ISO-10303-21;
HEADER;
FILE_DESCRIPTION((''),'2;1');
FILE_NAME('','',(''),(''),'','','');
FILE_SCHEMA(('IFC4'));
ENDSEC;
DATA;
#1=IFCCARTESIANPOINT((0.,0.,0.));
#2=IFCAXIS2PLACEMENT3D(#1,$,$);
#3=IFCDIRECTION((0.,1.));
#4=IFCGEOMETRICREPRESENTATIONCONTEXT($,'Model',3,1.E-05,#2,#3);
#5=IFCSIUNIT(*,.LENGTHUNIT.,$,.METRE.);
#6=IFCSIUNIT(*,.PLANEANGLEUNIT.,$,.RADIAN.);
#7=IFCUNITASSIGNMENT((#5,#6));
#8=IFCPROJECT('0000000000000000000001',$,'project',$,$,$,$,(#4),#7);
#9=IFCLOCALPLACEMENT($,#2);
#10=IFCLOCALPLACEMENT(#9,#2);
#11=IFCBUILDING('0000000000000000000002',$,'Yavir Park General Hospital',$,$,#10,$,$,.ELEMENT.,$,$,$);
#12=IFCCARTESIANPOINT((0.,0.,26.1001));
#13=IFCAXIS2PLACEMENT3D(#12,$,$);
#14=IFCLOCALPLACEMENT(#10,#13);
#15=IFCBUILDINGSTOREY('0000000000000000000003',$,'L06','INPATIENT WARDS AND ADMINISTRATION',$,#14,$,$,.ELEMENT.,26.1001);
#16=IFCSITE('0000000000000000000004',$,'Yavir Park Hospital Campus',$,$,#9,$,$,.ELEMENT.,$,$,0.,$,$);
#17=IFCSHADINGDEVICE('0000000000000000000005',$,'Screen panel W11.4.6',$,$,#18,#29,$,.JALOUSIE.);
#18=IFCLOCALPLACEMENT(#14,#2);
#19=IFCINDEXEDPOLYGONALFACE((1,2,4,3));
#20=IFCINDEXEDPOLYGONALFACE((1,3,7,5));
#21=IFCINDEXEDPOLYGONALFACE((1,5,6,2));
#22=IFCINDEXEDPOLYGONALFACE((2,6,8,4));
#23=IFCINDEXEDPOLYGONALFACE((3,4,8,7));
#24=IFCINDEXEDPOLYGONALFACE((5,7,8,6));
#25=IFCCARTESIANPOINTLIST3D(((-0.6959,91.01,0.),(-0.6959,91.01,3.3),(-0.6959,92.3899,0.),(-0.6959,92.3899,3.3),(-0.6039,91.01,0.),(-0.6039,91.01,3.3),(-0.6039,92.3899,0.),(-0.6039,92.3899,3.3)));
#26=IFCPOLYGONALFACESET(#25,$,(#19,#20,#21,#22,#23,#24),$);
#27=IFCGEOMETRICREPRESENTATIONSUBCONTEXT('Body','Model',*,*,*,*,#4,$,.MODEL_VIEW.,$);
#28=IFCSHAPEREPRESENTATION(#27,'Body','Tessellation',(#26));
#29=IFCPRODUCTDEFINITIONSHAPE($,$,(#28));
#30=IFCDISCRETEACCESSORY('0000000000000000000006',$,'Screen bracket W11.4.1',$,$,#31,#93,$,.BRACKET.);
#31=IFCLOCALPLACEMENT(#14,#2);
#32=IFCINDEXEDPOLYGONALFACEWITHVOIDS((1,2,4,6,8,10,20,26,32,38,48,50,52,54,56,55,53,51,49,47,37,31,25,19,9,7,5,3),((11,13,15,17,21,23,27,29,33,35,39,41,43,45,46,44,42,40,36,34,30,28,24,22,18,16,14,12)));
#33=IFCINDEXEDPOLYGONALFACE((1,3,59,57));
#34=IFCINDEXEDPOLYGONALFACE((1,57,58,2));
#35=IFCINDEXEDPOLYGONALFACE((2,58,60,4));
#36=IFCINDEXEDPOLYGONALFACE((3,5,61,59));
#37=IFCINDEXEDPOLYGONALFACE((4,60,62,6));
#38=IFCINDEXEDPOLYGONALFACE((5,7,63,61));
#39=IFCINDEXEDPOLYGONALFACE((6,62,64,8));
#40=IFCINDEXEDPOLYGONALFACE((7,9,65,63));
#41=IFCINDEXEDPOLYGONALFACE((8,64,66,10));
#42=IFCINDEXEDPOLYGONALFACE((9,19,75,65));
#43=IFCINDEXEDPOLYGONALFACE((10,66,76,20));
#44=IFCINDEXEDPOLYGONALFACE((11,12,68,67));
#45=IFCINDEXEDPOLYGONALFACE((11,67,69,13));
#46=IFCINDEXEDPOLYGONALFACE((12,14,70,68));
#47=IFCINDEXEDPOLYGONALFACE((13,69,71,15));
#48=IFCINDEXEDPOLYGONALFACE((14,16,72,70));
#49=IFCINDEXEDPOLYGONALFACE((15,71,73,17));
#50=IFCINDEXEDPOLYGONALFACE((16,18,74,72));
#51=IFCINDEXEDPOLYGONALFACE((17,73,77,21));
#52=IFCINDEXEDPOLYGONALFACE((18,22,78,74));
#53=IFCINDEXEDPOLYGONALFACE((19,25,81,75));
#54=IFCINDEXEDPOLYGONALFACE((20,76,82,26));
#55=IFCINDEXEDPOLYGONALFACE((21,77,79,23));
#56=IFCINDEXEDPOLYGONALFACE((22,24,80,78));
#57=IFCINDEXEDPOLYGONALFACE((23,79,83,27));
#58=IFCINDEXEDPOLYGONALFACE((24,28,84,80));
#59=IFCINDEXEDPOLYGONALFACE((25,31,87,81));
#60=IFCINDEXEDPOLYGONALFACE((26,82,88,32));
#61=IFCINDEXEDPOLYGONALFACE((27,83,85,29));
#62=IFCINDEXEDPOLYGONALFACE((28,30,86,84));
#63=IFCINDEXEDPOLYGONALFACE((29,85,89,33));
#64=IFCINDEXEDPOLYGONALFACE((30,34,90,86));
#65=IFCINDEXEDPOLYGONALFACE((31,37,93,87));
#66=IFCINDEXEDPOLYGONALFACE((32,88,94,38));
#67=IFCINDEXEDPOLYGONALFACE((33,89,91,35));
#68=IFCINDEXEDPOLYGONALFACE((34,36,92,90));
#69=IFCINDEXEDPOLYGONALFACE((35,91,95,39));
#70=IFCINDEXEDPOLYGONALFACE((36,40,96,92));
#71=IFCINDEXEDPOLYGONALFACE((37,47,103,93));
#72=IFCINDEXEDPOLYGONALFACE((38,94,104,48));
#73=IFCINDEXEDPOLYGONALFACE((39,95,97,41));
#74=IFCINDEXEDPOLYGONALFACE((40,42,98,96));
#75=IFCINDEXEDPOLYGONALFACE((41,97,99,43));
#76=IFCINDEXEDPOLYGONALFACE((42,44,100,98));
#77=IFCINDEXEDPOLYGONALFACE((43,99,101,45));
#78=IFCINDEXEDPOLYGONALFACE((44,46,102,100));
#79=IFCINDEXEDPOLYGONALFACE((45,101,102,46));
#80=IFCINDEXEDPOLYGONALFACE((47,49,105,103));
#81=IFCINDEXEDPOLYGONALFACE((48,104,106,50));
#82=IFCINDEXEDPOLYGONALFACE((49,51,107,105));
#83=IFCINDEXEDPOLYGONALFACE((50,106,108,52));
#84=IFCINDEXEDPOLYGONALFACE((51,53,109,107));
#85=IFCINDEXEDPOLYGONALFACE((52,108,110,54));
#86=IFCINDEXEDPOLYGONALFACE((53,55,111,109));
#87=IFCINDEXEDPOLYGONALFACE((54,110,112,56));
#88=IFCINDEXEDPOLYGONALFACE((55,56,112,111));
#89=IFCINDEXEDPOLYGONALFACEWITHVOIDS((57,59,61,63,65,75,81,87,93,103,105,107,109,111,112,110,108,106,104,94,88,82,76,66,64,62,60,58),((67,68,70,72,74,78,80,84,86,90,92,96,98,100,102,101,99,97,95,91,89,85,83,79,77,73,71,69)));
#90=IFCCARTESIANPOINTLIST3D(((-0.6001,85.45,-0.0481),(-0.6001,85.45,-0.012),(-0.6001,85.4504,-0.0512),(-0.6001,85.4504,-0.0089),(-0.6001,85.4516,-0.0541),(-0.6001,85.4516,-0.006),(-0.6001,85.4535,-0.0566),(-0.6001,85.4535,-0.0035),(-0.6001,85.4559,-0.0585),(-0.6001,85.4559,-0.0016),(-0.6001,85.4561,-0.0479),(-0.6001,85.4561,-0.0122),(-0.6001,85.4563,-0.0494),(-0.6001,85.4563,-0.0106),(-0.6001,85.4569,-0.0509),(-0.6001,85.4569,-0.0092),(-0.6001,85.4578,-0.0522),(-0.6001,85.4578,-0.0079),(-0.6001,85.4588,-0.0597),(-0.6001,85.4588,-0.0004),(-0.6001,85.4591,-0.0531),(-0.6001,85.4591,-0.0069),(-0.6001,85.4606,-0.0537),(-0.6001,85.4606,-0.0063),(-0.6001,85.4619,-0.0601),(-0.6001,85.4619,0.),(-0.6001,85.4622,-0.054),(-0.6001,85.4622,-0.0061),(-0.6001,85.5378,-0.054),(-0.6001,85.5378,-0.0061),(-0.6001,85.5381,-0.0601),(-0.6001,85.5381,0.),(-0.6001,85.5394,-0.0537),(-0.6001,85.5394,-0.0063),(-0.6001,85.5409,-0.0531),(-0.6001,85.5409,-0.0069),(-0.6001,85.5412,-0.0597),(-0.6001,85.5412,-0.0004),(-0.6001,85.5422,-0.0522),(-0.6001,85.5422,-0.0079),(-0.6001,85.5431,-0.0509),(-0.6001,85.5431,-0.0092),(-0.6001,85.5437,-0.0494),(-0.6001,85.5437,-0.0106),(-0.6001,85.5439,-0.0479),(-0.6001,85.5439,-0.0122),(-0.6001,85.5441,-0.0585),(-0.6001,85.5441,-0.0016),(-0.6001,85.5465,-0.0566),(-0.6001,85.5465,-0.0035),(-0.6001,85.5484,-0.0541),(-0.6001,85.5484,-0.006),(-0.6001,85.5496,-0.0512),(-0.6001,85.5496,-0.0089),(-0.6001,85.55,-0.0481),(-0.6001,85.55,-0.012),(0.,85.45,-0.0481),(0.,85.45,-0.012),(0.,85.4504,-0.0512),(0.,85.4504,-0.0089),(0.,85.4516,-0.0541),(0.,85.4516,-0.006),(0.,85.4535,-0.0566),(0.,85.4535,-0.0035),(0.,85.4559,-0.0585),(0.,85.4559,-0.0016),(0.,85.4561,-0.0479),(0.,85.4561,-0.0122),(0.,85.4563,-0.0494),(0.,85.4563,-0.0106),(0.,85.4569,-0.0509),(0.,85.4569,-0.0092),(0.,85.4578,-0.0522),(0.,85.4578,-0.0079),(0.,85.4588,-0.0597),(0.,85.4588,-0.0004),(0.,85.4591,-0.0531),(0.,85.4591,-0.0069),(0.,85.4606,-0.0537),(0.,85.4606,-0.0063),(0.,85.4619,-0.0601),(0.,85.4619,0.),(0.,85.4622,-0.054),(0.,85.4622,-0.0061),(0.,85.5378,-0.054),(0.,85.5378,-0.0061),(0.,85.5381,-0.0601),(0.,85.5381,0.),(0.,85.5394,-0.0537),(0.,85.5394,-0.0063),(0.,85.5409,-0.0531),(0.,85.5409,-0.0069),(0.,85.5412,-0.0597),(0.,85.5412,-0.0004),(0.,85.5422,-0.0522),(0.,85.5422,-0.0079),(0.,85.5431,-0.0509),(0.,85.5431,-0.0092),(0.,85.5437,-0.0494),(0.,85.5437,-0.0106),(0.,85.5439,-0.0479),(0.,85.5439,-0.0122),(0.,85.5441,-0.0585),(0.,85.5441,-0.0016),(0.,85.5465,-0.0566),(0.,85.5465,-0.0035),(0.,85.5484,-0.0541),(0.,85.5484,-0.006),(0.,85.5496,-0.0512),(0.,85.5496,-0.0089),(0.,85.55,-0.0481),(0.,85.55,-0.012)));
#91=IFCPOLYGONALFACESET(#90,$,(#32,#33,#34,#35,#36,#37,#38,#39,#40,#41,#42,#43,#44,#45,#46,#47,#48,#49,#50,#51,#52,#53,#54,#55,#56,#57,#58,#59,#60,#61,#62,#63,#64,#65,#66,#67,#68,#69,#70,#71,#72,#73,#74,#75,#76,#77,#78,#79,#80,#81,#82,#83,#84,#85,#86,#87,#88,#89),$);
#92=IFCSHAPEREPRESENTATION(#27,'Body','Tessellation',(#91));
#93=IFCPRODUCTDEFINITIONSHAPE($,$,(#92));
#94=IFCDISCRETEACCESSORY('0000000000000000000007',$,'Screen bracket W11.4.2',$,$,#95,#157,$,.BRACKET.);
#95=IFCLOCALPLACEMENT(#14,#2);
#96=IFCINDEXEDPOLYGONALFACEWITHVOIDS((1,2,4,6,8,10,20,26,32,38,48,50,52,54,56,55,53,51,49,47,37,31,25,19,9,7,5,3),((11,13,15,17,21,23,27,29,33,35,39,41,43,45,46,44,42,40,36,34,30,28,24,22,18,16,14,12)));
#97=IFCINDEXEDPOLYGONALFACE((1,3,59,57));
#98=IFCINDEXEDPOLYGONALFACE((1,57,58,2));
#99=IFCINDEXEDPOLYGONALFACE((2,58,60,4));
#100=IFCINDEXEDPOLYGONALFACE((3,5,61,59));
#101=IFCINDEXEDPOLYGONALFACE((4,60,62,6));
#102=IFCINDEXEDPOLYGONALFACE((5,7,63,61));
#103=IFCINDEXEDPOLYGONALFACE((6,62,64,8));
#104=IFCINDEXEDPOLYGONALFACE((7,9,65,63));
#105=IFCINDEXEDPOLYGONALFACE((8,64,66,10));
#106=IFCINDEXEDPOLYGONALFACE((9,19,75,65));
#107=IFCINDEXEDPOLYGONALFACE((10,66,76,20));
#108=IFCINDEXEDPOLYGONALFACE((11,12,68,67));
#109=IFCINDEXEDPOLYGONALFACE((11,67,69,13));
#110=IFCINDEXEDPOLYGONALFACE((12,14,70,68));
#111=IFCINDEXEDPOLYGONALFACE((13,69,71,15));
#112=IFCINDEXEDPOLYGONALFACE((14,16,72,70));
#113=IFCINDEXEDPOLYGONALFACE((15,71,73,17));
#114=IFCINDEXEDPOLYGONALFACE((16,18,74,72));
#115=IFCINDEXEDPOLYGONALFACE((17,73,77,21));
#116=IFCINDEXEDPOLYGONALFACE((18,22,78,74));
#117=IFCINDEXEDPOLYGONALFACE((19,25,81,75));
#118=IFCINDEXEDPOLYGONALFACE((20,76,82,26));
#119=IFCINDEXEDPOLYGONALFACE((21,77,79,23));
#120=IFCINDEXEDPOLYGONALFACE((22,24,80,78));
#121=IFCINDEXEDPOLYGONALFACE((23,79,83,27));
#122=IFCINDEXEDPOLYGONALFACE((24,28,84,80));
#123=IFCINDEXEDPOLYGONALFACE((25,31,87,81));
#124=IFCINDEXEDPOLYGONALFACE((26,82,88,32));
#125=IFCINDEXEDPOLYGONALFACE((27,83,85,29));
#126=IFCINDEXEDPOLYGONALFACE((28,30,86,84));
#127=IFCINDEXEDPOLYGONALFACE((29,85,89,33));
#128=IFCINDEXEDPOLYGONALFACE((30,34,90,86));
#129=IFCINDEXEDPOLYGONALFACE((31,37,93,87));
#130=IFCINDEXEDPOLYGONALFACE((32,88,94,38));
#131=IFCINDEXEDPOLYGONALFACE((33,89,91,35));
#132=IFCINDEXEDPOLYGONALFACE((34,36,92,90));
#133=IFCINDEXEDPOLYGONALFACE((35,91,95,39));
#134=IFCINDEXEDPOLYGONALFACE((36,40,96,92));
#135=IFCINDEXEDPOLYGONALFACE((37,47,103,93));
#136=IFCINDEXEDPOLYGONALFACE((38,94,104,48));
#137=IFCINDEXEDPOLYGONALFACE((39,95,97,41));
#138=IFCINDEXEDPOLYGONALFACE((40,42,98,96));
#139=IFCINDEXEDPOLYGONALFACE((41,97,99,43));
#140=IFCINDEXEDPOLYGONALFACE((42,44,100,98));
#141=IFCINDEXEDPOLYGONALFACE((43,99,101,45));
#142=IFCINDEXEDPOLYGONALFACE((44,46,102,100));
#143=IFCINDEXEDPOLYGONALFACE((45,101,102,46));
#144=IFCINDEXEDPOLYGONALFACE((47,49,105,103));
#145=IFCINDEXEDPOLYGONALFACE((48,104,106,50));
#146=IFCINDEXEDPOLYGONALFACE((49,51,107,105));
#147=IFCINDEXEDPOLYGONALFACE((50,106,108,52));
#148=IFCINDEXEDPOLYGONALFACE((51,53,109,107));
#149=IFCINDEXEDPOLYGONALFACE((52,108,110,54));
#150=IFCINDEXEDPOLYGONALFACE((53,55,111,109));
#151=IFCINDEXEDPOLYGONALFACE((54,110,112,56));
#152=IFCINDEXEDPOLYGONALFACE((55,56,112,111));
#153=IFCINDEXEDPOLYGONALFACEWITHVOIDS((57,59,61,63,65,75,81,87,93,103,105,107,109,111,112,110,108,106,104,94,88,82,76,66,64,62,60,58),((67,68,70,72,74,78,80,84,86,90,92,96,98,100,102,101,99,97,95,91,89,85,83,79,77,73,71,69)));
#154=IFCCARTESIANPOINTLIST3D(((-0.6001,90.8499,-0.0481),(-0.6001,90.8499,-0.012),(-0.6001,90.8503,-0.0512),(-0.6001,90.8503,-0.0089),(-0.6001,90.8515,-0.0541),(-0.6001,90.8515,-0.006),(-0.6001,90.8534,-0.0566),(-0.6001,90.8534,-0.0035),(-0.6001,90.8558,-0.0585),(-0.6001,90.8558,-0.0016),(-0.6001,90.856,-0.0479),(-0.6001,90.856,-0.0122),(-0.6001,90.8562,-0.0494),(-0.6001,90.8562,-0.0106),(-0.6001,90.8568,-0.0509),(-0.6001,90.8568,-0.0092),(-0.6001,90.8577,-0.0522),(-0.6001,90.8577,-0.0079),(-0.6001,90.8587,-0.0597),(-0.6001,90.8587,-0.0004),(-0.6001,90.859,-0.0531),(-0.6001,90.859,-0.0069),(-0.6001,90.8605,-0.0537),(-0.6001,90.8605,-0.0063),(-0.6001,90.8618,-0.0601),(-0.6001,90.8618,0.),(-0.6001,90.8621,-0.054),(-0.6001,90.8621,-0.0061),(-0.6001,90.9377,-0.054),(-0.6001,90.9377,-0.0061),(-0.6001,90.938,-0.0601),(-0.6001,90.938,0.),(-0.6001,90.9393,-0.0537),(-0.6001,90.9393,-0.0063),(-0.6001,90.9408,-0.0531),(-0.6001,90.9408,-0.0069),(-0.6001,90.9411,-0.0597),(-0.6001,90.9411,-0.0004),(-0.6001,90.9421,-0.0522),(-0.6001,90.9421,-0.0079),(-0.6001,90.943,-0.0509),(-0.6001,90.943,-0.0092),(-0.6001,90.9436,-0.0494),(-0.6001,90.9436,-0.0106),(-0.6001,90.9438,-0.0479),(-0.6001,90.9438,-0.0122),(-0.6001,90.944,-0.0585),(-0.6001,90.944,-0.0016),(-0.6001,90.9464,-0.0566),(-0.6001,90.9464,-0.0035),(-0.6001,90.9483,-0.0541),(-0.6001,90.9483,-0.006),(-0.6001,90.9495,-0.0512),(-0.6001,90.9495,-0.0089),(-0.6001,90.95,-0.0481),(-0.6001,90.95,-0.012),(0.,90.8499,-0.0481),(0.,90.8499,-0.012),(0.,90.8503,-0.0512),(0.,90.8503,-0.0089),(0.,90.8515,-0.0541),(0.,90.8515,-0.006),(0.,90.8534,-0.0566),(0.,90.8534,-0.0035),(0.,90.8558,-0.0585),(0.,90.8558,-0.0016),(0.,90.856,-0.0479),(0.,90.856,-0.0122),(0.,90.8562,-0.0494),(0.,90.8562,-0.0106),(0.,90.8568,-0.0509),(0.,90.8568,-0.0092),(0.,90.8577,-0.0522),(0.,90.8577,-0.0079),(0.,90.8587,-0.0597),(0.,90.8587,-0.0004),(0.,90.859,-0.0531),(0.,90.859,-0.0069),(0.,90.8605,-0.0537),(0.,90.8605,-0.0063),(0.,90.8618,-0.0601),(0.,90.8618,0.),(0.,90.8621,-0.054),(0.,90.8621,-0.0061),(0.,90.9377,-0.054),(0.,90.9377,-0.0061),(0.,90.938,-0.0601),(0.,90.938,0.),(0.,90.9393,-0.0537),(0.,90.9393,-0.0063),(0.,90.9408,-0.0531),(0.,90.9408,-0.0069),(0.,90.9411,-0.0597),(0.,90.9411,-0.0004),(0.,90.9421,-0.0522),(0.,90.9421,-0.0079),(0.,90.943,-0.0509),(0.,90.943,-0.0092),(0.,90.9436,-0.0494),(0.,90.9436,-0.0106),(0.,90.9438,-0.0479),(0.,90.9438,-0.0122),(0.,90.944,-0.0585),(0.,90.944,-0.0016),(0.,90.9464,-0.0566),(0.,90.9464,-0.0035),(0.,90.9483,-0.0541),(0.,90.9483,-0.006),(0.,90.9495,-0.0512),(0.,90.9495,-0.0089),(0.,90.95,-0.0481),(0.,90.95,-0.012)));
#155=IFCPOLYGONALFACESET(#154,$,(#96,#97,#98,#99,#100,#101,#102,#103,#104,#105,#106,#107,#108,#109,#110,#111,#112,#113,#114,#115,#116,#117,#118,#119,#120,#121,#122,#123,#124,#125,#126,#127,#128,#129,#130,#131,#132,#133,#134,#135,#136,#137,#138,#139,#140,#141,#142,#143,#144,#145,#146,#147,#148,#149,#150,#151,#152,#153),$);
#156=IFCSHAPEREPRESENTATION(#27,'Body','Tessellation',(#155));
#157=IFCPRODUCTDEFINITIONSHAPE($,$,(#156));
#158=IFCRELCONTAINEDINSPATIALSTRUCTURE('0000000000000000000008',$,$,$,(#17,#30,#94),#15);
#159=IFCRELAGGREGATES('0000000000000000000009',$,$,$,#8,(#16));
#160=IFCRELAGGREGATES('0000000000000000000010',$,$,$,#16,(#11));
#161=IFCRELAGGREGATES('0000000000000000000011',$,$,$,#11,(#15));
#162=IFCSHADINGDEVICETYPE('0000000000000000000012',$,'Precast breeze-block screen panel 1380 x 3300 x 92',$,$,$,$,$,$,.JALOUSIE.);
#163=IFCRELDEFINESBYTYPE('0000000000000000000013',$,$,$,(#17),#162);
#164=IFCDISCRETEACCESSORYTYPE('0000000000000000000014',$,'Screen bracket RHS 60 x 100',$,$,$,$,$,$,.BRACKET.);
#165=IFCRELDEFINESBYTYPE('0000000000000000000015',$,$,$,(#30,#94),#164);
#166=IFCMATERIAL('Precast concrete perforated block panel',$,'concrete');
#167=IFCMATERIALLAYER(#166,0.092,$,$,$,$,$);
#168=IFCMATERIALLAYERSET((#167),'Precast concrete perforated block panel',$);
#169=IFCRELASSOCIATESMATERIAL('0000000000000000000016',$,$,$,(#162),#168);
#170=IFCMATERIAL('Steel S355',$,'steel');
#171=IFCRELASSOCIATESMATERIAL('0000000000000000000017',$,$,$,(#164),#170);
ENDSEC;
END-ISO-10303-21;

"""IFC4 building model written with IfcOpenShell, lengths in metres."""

from ifc_helpers import new_model, si_unit, direction, frame, origin, origin_2d, place, context, subcontext, project, spatial, rectangle, hollow_rectangle, extrude, material, layer, layer_set, material_profile, profile_set, type_object, element, save


model = new_model("IFC4")

# Units and contexts
model_context = context("Model", 3, precision=1e-05, world=origin(), true_north=direction((0.0, 1.0)))
body_context = subcontext(model_context, "Body", "Model", "MODEL_VIEW")
ifc_project = project(units=[si_unit("LENGTHUNIT", "METRE"), si_unit("PLANEANGLEUNIT", "RADIAN")], contexts=[model_context])

# Site, building, storey
site_placement = place(None, origin())
site = spatial("IfcSite", under=ifc_project, at=site_placement, Name="Yavir Park Hospital Campus", CompositionType="ELEMENT", RefElevation=0.0)
building_placement = place(site_placement, origin())
building = spatial("IfcBuilding", under=site, at=building_placement, Name="Yavir Park General Hospital", CompositionType="ELEMENT")
storey_placement = place(building_placement, frame((0.0, 0.0, 26.1001)))
storey = spatial("IfcBuildingStorey", under=building, at=storey_placement, Name="L06", Description="INPATIENT WARDS AND ADMINISTRATION", CompositionType="ELEMENT", Elevation=26.1001)

# Shading device
ifc_material_1 = material(Name="Precast concrete perforated block panel", Category="concrete")
ifc_layer_1 = layer(ifc_material_1, 0.092)
ifc_layer_set_1 = layer_set([ifc_layer_1], Name="Precast concrete perforated block panel")
shading_device_type = type_object("IfcShadingDeviceType", Name="Precast breeze-block screen panel 1380 x 3300 x 92", PredefinedType="JALOUSIE", material=ifc_layer_set_1)
for number, where, z_axis, x_axis, name in (
    (1, (-0.6499, 91.7, 0.0), (0.0, 0.0, 1.0), (1.0, 0.0, 0.0), "Screen panel W11.4.6"),
):
    element("IfcShadingDevice", number, at=place(storey_placement, frame(where, z_axis=z_axis, x_axis=x_axis)), inside=storey, type_object=shading_device_type, Name=name, PredefinedType="JALOUSIE", context=body_context, shape_type="SweptSolid", body=[
        extrude(rectangle(XDim=0.092, YDim=1.3799, at=origin_2d()), origin(), (0.0, 0.0, 1.0), 3.3),
    ])

# Discrete accessories
ifc_material_2 = material(Name="Steel S355", Category="steel")
ifc_material_profile_1 = material_profile(ifc_material_2, hollow_rectangle(XDim=0.1001, YDim=0.0601, WallThickness=0.0061, InnerFilletRadius=0.0061, OuterFilletRadius=0.012, at=origin_2d()), Name="RHS60x100x6")
ifc_profile_set_1 = profile_set([ifc_material_profile_1], Name="Steel S355")
discrete_accessory_type_1 = type_object("IfcDiscreteAccessoryType", Name="Screen bracket RHS 60 x 100", PredefinedType="BRACKET", material=ifc_profile_set_1)
for number, where, z_axis, x_axis, name in (
    (2, (0.0, 85.5, -0.03), (-1.0, 0.0, 0.0), (0.0, -1.0, 0.0), "Screen bracket W11.4.1"),
    (3, (0.0, 90.8999, -0.03), (-1.0, 0.0, 0.0), (0.0, -1.0, 0.0), "Screen bracket W11.4.2"),
):
    element("IfcDiscreteAccessory", number, at=place(storey_placement, frame(where, z_axis=z_axis, x_axis=x_axis)), inside=storey, type_object=discrete_accessory_type_1, Name=name, PredefinedType="BRACKET", context=body_context, shape_type="SweptSolid", body=[
        extrude(hollow_rectangle(XDim=0.1001, YDim=0.0601, WallThickness=0.0061, InnerFilletRadius=0.0061, OuterFilletRadius=0.012, at=origin_2d()), origin(), (0.0, 0.0, 1.0), 0.6001),
    ])

save(model, "model.ifc")
